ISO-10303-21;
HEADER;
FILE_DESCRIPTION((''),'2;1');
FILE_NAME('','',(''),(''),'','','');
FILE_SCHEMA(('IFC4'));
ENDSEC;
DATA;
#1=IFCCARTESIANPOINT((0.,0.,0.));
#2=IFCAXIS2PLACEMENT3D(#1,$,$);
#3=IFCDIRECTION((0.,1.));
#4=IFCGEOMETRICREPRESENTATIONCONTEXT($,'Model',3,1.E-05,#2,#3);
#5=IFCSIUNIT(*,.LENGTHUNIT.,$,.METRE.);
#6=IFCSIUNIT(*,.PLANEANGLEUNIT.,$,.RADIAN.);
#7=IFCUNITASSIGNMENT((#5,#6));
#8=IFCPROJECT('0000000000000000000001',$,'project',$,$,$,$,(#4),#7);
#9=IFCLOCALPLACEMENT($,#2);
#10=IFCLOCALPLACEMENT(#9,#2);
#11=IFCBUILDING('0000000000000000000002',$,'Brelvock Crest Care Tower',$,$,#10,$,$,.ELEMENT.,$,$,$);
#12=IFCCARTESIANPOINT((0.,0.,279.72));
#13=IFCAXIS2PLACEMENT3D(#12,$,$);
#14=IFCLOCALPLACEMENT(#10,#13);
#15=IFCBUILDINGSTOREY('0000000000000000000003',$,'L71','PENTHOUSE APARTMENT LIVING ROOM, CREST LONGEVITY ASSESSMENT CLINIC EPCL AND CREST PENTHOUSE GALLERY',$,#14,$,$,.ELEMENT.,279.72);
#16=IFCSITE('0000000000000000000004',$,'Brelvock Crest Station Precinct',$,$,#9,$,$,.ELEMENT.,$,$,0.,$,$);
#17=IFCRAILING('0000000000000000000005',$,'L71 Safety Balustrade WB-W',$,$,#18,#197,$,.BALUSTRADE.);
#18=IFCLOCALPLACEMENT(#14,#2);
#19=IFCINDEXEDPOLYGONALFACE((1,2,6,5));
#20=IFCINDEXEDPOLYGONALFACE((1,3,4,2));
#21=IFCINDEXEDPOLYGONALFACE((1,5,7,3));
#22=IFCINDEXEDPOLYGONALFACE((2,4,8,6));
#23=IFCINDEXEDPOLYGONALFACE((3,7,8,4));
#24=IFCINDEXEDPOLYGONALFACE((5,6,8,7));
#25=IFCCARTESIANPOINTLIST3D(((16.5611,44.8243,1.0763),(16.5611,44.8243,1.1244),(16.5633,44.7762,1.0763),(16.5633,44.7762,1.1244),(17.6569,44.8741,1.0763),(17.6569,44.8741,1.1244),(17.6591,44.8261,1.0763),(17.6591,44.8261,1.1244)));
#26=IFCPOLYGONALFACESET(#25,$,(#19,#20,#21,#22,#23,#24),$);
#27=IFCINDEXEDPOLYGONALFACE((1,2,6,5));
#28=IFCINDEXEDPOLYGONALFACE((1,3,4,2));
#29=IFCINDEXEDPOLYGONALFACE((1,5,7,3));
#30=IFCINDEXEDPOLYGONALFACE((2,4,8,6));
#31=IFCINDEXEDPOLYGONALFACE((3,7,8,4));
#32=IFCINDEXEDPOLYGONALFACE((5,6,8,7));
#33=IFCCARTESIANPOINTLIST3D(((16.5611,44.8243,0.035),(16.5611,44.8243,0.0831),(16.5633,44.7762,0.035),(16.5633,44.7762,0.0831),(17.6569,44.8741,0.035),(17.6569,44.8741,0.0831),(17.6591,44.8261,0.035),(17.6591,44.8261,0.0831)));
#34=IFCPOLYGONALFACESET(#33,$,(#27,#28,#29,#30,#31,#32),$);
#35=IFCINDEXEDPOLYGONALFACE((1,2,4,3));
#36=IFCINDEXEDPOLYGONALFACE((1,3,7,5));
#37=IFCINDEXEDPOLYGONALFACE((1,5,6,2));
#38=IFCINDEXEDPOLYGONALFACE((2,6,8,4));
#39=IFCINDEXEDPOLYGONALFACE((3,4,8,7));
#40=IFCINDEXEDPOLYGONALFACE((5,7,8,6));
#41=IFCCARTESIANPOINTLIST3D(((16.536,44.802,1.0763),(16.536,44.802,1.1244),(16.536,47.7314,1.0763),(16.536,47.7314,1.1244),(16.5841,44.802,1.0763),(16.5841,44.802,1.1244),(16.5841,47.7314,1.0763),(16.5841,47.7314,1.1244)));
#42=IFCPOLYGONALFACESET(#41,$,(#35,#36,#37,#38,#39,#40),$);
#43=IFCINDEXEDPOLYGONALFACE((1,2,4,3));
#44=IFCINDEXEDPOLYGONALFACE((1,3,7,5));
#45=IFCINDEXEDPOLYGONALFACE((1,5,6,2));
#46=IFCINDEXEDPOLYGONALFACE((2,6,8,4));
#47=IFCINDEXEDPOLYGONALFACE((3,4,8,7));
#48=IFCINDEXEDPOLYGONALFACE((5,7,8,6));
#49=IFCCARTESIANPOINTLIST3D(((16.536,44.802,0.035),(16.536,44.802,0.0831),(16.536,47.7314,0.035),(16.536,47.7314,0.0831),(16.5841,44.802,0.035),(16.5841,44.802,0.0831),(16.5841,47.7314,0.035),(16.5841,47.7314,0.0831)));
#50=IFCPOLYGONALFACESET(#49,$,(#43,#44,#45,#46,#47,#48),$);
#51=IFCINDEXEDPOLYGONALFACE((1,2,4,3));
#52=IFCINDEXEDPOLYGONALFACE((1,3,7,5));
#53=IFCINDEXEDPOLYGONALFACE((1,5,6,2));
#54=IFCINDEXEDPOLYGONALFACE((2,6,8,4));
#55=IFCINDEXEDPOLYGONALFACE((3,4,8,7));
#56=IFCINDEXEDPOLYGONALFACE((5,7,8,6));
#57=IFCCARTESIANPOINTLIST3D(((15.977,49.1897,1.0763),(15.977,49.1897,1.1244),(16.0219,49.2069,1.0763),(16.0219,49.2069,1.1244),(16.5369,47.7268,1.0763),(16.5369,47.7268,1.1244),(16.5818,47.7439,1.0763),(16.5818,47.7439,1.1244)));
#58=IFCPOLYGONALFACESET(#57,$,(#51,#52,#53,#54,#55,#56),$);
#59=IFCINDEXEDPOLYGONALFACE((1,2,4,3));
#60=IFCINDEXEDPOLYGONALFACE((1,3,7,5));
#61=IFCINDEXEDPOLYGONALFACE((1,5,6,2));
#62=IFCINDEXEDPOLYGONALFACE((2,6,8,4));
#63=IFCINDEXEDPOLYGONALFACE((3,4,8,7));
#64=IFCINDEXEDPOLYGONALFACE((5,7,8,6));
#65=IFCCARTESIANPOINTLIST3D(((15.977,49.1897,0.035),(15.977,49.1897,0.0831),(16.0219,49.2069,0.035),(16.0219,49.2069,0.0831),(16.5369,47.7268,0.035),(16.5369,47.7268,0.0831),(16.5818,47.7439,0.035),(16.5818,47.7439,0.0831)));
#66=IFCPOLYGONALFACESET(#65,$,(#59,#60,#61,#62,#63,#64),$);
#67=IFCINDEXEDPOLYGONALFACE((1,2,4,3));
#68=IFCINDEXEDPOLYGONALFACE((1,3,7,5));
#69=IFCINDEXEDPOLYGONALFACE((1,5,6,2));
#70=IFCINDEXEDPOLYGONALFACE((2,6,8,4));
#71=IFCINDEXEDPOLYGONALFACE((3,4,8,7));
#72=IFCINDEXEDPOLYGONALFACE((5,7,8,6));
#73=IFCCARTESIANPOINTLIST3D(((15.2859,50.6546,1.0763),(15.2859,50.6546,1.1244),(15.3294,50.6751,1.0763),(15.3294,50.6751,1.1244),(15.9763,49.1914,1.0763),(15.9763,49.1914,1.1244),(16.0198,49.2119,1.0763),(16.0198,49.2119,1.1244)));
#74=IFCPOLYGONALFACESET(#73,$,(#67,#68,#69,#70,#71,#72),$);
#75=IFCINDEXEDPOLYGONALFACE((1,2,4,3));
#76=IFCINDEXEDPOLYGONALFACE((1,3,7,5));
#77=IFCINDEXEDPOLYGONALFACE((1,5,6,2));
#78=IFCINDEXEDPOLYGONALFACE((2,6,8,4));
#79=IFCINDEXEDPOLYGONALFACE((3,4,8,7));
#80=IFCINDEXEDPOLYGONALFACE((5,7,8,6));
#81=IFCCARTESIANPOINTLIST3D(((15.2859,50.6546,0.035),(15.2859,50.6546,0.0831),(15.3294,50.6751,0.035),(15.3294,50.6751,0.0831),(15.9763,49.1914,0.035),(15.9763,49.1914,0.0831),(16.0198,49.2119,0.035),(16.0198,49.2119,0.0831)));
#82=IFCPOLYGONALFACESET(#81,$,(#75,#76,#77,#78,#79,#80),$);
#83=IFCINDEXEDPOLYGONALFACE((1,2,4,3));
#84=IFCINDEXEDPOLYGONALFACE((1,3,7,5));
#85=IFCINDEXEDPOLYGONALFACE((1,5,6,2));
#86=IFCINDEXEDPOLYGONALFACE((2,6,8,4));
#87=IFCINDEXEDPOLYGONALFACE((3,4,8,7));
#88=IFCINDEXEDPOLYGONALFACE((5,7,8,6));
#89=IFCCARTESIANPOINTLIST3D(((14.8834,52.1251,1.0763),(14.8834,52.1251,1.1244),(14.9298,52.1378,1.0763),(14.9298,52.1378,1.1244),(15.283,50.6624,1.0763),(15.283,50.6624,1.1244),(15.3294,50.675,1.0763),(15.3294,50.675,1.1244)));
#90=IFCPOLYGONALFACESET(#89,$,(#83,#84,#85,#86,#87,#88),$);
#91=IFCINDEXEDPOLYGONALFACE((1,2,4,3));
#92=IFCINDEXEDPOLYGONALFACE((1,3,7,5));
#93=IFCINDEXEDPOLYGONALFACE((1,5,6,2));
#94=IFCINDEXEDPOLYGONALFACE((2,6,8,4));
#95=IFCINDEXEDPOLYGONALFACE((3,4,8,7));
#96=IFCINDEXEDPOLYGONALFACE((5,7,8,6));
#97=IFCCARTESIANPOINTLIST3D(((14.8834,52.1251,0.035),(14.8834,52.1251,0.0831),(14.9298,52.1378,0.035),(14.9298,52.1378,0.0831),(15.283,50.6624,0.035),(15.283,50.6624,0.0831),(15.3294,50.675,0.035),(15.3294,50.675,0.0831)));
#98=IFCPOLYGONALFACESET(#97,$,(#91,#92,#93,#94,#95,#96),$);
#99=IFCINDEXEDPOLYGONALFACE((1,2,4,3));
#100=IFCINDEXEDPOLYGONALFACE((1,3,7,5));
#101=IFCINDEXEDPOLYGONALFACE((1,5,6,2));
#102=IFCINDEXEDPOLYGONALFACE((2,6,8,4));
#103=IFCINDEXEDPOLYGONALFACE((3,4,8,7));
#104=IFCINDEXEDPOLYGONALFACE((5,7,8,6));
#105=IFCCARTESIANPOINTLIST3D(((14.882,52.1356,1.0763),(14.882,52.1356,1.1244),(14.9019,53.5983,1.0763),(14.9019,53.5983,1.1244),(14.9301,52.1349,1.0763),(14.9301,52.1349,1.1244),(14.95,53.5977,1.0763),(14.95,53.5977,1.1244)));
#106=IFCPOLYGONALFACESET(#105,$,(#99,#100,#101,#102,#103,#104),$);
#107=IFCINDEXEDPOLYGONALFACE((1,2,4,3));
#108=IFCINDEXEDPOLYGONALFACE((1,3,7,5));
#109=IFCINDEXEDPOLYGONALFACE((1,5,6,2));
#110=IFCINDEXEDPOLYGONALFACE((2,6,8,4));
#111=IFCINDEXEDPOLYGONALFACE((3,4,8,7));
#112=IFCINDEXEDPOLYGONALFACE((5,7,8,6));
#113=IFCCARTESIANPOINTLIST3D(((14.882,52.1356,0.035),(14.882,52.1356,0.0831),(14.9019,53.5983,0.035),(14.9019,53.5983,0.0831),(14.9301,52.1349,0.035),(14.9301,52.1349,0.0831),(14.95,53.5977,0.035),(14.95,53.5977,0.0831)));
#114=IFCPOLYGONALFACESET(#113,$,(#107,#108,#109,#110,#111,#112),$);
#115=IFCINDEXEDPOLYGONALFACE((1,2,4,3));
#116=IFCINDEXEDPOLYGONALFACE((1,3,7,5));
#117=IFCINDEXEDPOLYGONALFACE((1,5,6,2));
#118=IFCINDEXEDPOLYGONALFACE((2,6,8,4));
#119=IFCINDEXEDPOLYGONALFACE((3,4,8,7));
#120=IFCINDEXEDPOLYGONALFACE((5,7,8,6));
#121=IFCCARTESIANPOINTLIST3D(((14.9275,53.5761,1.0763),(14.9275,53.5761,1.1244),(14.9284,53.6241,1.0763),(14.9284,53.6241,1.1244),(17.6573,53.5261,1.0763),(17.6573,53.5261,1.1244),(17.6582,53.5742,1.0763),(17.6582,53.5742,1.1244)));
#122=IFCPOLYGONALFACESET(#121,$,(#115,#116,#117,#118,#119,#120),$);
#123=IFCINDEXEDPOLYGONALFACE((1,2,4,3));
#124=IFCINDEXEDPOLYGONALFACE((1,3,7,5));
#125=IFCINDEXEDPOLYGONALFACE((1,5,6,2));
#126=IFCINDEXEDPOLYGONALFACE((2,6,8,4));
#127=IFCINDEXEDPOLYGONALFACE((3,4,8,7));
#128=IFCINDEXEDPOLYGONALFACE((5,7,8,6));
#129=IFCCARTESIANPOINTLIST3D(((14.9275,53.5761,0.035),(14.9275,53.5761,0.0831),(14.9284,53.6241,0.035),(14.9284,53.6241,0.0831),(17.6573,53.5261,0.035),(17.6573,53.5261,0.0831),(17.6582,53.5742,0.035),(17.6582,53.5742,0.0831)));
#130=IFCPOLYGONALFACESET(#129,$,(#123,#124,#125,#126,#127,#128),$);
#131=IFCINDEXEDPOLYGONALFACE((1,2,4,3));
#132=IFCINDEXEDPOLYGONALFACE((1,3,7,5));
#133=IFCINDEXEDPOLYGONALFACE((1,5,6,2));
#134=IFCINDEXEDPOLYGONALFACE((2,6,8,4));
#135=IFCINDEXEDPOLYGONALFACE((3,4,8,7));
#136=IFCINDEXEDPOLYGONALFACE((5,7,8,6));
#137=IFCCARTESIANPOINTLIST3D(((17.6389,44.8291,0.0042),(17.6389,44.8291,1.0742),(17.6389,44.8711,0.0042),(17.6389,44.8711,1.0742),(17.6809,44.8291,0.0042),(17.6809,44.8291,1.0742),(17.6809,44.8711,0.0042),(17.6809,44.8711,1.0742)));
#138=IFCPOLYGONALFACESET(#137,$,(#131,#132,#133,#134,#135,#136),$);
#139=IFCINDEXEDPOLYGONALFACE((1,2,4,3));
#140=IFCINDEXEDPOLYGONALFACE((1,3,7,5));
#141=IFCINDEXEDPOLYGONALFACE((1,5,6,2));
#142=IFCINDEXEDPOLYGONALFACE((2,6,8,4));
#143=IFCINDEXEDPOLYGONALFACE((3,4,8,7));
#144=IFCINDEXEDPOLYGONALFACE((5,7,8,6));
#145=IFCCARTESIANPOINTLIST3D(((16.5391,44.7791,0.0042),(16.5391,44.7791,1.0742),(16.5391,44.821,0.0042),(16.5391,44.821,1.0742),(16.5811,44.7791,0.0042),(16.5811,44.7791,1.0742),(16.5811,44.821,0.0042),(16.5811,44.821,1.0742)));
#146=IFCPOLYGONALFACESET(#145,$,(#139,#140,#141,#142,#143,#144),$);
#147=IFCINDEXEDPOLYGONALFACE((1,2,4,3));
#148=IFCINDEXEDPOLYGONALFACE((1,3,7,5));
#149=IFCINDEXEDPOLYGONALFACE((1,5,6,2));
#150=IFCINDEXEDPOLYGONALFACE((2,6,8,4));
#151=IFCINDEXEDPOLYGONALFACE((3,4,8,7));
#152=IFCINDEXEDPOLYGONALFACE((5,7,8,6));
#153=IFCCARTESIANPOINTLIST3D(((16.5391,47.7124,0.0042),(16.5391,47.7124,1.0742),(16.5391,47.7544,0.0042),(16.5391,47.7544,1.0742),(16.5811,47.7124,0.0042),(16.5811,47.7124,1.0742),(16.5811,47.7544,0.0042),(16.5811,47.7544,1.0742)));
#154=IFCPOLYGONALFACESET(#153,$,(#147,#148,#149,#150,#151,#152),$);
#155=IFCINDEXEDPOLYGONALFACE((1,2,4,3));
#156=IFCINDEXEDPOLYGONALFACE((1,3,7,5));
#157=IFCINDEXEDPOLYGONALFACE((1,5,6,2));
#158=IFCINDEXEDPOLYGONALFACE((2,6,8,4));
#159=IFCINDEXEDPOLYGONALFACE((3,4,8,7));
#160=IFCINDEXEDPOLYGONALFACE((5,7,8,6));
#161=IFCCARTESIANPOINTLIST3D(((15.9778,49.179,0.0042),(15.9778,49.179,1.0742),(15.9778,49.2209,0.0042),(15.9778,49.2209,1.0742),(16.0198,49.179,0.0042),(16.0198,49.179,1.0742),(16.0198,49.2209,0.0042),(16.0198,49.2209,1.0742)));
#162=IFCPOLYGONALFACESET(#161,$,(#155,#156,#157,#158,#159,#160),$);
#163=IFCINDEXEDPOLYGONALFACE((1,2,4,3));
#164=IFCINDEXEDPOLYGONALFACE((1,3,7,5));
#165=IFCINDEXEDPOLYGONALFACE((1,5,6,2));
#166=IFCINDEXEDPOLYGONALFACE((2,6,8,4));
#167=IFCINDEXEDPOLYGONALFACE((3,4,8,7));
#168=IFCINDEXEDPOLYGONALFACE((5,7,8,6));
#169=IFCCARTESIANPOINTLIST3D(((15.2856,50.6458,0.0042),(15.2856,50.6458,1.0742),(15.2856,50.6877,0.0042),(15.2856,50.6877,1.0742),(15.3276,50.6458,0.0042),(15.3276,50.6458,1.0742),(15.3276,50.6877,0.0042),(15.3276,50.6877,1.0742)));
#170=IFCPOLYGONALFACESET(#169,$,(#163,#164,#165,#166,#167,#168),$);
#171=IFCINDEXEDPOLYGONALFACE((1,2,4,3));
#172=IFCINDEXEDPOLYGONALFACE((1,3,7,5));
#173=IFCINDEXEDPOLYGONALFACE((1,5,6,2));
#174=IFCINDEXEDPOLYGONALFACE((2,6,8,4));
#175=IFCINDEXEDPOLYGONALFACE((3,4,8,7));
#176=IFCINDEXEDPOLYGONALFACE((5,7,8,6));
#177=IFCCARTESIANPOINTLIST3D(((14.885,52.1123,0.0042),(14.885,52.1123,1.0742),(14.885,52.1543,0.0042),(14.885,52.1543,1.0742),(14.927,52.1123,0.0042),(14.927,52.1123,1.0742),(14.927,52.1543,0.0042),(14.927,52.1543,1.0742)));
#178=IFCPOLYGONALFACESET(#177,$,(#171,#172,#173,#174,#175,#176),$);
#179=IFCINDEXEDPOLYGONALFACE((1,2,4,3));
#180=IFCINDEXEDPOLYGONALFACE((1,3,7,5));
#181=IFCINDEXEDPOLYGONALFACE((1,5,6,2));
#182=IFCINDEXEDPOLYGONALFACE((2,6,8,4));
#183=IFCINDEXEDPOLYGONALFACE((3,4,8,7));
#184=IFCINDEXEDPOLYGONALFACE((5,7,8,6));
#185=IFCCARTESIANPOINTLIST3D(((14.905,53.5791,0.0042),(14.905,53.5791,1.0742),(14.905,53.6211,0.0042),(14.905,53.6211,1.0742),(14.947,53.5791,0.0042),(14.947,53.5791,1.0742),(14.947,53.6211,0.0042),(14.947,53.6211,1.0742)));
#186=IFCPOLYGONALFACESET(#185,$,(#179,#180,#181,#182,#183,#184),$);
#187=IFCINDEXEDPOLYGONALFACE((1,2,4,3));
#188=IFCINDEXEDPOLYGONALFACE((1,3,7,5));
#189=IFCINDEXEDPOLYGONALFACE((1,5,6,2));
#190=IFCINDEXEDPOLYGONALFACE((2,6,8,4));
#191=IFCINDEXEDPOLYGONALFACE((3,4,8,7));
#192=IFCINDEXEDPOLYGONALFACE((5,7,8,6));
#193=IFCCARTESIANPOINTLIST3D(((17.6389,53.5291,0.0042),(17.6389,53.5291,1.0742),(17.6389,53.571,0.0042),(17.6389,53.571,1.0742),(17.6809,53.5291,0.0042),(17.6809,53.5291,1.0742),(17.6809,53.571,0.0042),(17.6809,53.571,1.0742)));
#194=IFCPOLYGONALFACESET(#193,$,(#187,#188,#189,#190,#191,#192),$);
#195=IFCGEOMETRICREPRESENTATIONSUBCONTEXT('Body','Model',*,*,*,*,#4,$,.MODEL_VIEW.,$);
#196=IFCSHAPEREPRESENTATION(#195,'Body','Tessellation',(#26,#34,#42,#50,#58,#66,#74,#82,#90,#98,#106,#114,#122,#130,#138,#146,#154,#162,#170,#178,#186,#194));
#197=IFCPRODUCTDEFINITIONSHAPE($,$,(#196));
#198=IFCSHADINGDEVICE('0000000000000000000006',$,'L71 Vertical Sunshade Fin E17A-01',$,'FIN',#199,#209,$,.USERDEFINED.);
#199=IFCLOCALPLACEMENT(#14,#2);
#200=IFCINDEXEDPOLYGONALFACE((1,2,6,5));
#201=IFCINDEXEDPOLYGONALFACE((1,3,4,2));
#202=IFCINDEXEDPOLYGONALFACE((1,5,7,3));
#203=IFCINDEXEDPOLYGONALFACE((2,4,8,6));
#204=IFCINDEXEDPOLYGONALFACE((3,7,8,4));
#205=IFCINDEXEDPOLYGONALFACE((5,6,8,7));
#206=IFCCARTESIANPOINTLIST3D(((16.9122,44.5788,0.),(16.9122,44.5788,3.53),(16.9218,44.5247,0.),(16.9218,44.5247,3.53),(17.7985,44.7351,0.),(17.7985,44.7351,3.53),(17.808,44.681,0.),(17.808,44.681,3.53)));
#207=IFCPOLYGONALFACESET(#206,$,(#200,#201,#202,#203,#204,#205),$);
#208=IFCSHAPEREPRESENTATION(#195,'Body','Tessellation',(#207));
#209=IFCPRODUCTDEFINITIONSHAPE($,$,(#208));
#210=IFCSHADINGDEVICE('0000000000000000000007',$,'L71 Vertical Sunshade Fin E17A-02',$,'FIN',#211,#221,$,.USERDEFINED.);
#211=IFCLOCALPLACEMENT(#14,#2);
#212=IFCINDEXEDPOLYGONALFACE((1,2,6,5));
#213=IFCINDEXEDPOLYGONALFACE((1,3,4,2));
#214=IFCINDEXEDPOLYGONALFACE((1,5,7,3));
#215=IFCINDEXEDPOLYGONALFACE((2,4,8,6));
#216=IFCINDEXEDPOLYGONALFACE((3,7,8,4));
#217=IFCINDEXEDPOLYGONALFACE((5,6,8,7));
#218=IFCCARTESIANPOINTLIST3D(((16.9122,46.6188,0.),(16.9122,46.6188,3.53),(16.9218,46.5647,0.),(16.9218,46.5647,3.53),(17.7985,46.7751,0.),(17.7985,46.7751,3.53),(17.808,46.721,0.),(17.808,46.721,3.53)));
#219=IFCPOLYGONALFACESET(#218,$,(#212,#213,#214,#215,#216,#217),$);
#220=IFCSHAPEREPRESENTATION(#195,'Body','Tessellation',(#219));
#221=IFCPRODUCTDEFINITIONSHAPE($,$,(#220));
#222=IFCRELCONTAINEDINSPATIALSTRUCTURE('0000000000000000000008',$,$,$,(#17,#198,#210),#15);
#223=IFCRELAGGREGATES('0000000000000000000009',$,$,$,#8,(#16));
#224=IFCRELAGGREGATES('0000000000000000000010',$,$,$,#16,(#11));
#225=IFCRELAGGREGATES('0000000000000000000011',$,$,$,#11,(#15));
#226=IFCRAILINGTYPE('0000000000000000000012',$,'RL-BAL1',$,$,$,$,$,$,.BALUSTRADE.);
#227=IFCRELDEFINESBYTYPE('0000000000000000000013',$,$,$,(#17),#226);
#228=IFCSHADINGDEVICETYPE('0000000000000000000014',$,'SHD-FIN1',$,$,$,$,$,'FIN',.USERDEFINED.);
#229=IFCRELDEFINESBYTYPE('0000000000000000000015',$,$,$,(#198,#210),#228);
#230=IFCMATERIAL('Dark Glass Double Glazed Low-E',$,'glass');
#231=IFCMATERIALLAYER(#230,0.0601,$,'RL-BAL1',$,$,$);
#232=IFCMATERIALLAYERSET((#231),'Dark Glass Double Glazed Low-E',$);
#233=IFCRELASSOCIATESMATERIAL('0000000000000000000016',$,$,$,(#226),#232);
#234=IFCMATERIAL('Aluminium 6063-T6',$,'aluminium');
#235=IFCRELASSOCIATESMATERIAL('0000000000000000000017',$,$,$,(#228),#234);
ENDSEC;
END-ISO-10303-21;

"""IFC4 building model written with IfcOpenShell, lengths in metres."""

from ifc_helpers import new_model, si_unit, direction, frame, origin, origin_2d, place, context, subcontext, project, spatial, rectangle, extrude, source, transform, mapped, material, layer, layer_set, material_profile, profile_set, type_object, element, save


model = new_model("IFC4")

# Units and contexts
model_context = context("Model", 3, precision=1e-05, world=origin(), true_north=direction((0.0, 1.0)))
body_context = subcontext(model_context, "Body", "Model", "MODEL_VIEW")
ifc_project = project(units=[si_unit("LENGTHUNIT", "METRE"), si_unit("PLANEANGLEUNIT", "RADIAN")], contexts=[model_context])

# Site, building, storey
site_placement = place(None, origin())
site = spatial("IfcSite", under=ifc_project, at=site_placement, Name="Brelvock Crest Station Precinct", CompositionType="ELEMENT", RefElevation=0.0)
building_placement = place(site_placement, origin())
building = spatial("IfcBuilding", under=site, at=building_placement, Name="Brelvock Crest Care Tower", CompositionType="ELEMENT")
storey_placement = place(building_placement, frame((0.0, 0.0, 279.72)))
storey = spatial("IfcBuildingStorey", under=building, at=storey_placement, Name="L71", Description="PENTHOUSE APARTMENT LIVING ROOM, CREST LONGEVITY ASSESSMENT CLINIC EPCL AND CREST PENTHOUSE GALLERY", CompositionType="ELEMENT", Elevation=279.72)

# Shared definitions
ifc_material_1 = material(Name="Dark Glass Double Glazed Low-E", Category="glass")
ifc_material_2 = material(Name="Aluminium 6063-T6", Category="aluminium")

# Railing
ifc_layer_1 = layer(ifc_material_1, 0.0601, Name="RL-BAL1")
ifc_layer_set_1 = layer_set([ifc_layer_1], Name="Dark Glass Double Glazed Low-E")
railing_type = type_object("IfcRailingType", Name="RL-BAL1", PredefinedType="BALUSTRADE", material=ifc_layer_set_1)
railing_placement = place(storey_placement, frame((17.6599, 44.8501, 0.0042)))
element("IfcRailing", 1, at=railing_placement, inside=storey, type_object=railing_type, Name="L71 Safety Balustrade WB-W", PredefinedType="BALUSTRADE", context=body_context, shape_type="SweptSolid", body=[
    extrude(rectangle(XDim=0.0481, YDim=0.0481, at=origin_2d()), frame((-0.002, 0.0, 1.0962), z_axis=(-0.998966, -0.045458, 0.0), x_axis=(0.045458, -0.998966, 0.0)), (0.0, 0.0, 1.0), 1.0969),
    extrude(rectangle(XDim=0.0481, YDim=0.0481, at=origin_2d()), frame((-0.002, 0.0, 0.0549), z_axis=(-0.998966, -0.045458, 0.0), x_axis=(0.045458, -0.998966, 0.0)), (0.0, 0.0, 1.0), 1.0969),
    extrude(rectangle(XDim=0.0481, YDim=0.0481, at=origin_2d()), frame((-1.0999, -0.0481, 1.0962), z_axis=(0.0, 1.0, 0.0), x_axis=(-1.0, 0.0, 0.0)), (0.0, 0.0, 1.0), 2.9294),
    extrude(rectangle(XDim=0.0481, YDim=0.0481, at=origin_2d()), frame((-1.0999, -0.0481, 0.0549), z_axis=(0.0, 1.0, 0.0), x_axis=(-1.0, 0.0, 0.0)), (0.0, 0.0, 1.0), 2.9294),
    extrude(rectangle(XDim=0.0481, YDim=0.0481, at=origin_2d()), frame((-1.1006, 2.8853, 1.0962), z_axis=(-0.357437, 0.933937, 0.0), x_axis=(-0.933937, -0.357437, 0.0)), (0.0, 0.0, 1.0), 1.5664),
    extrude(rectangle(XDim=0.0481, YDim=0.0481, at=origin_2d()), frame((-1.1006, 2.8853, 0.0549), z_axis=(-0.357437, 0.933937, 0.0), x_axis=(-0.933937, -0.357437, 0.0)), (0.0, 0.0, 1.0), 1.5664),
    extrude(rectangle(XDim=0.0481, YDim=0.0481, at=origin_2d()), frame((-1.6619, 4.3516, 1.0962), z_axis=(-0.426746, 0.904371, 0.0), x_axis=(-0.904371, -0.426746, 0.0)), (0.0, 0.0, 1.0), 1.6179),
    extrude(rectangle(XDim=0.0481, YDim=0.0481, at=origin_2d()), frame((-1.6619, 4.3516, 0.0549), z_axis=(-0.426746, 0.904371, 0.0), x_axis=(-0.904371, -0.426746, 0.0)), (0.0, 0.0, 1.0), 1.6179),
    extrude(rectangle(XDim=0.0481, YDim=0.0481, at=origin_2d()), frame((-2.3538, 5.8186, 1.0962), z_axis=(-0.263525, 0.964653, 0.0), x_axis=(-0.964653, -0.263525, 0.0)), (0.0, 0.0, 1.0), 1.5164),
    extrude(rectangle(XDim=0.0481, YDim=0.0481, at=origin_2d()), frame((-2.3538, 5.8186, 0.0549), z_axis=(-0.263525, 0.964653, 0.0), x_axis=(-0.964653, -0.263525, 0.0)), (0.0, 0.0, 1.0), 1.5164),
    extrude(rectangle(XDim=0.0481, YDim=0.0481, at=origin_2d()), frame((-2.7539, 7.2852, 1.0962), z_axis=(0.013647, 0.999907, 0.0), x_axis=(-0.999907, 0.013647, 0.0)), (0.0, 0.0, 1.0), 1.4629),
    extrude(rectangle(XDim=0.0481, YDim=0.0481, at=origin_2d()), frame((-2.7539, 7.2852, 0.0549), z_axis=(0.013647, 0.999907, 0.0), x_axis=(-0.999907, 0.013647, 0.0)), (0.0, 0.0, 1.0), 1.4629),
    extrude(rectangle(XDim=0.0481, YDim=0.0481, at=origin_2d()), frame((-2.7319, 8.75, 1.0962), z_axis=(0.999832, -0.018304, 0.0), x_axis=(0.018304, 0.999832, 0.0)), (0.0, 0.0, 1.0), 2.7302),
    extrude(rectangle(XDim=0.0481, YDim=0.0481, at=origin_2d()), frame((-2.7319, 8.75, 0.0549), z_axis=(0.999832, -0.018304, 0.0), x_axis=(0.018304, 0.999832, 0.0)), (0.0, 0.0, 1.0), 2.7302),
    extrude(rectangle(XDim=0.042, YDim=0.042, at=origin_2d()), origin(), (0.0, 0.0, 1.0), 1.0701),
    extrude(rectangle(XDim=0.042, YDim=0.042, at=origin_2d()), frame((-1.0999, -0.05, 0.0)), (0.0, 0.0, 1.0), 1.0701),
    extrude(rectangle(XDim=0.042, YDim=0.042, at=origin_2d()), frame((-1.0999, 2.8833, 0.0)), (0.0, 0.0, 1.0), 1.0701),
    extrude(rectangle(XDim=0.042, YDim=0.042, at=origin_2d()), frame((-1.6611, 4.3499, 0.0)), (0.0, 0.0, 1.0), 1.0701),
    extrude(rectangle(XDim=0.042, YDim=0.042, at=origin_2d()), frame((-2.3533, 5.8167, 0.0)), (0.0, 0.0, 1.0), 1.0701),
    extrude(rectangle(XDim=0.042, YDim=0.042, at=origin_2d()), frame((-2.7539, 7.2832, 0.0)), (0.0, 0.0, 1.0), 1.0701),
    extrude(rectangle(XDim=0.042, YDim=0.042, at=origin_2d()), frame((-2.7339, 8.75, 0.0)), (0.0, 0.0, 1.0), 1.0701),
    extrude(rectangle(XDim=0.042, YDim=0.042, at=origin_2d()), frame((0.0, 8.7, 0.0)), (0.0, 0.0, 1.0), 1.0701),
])

# Shading devices
ifc_material_profile_1 = material_profile(ifc_material_2, rectangle(XDim=0.0549, YDim=0.8999, at=origin_2d()), Name="FIN55x900")
ifc_profile_set_1 = profile_set([ifc_material_profile_1], Name="Aluminium 6063-T6")
shading_device_type = type_object("IfcShadingDeviceType", Name="SHD-FIN1", ElementType="FIN", PredefinedType="USERDEFINED", material=ifc_profile_set_1)
shared_shape_1 = source(origin(), body_context, "Body", "SweptSolid", [
    extrude(rectangle(XDim=0.0549, YDim=0.8999, at=origin_2d()), origin(), (0.0, 0.0, 1.0), 3.53),
])
for number, where, z_axis, x_axis, name in (
    (2, (17.3601, 44.6299, 0.0), (0.0, 0.0, 1.0), (-0.173648, 0.984808, 0.0), "L71 Vertical Sunshade Fin E17A-01"),
    (3, (17.3601, 46.6699, 0.0), (0.0, 0.0, 1.0), (-0.173648, 0.984808, 0.0), "L71 Vertical Sunshade Fin E17A-02"),
):
    element("IfcShadingDevice", number, at=place(storey_placement, frame(where, z_axis=z_axis, x_axis=x_axis)), inside=storey, type_object=shading_device_type, Name=name, ObjectType="FIN", PredefinedType="USERDEFINED", context=body_context, shape_type="MappedRepresentation", body=[
        mapped(shared_shape_1, transform((0.0, 0.0, 0.0), x_axis=(1.0, 0.0, 0.0), y_axis=(0.0, 1.0, 0.0), z_axis=(0.0, 0.0, 1.0), scale=1.0)),
    ])

save(model, "model.ifc")
